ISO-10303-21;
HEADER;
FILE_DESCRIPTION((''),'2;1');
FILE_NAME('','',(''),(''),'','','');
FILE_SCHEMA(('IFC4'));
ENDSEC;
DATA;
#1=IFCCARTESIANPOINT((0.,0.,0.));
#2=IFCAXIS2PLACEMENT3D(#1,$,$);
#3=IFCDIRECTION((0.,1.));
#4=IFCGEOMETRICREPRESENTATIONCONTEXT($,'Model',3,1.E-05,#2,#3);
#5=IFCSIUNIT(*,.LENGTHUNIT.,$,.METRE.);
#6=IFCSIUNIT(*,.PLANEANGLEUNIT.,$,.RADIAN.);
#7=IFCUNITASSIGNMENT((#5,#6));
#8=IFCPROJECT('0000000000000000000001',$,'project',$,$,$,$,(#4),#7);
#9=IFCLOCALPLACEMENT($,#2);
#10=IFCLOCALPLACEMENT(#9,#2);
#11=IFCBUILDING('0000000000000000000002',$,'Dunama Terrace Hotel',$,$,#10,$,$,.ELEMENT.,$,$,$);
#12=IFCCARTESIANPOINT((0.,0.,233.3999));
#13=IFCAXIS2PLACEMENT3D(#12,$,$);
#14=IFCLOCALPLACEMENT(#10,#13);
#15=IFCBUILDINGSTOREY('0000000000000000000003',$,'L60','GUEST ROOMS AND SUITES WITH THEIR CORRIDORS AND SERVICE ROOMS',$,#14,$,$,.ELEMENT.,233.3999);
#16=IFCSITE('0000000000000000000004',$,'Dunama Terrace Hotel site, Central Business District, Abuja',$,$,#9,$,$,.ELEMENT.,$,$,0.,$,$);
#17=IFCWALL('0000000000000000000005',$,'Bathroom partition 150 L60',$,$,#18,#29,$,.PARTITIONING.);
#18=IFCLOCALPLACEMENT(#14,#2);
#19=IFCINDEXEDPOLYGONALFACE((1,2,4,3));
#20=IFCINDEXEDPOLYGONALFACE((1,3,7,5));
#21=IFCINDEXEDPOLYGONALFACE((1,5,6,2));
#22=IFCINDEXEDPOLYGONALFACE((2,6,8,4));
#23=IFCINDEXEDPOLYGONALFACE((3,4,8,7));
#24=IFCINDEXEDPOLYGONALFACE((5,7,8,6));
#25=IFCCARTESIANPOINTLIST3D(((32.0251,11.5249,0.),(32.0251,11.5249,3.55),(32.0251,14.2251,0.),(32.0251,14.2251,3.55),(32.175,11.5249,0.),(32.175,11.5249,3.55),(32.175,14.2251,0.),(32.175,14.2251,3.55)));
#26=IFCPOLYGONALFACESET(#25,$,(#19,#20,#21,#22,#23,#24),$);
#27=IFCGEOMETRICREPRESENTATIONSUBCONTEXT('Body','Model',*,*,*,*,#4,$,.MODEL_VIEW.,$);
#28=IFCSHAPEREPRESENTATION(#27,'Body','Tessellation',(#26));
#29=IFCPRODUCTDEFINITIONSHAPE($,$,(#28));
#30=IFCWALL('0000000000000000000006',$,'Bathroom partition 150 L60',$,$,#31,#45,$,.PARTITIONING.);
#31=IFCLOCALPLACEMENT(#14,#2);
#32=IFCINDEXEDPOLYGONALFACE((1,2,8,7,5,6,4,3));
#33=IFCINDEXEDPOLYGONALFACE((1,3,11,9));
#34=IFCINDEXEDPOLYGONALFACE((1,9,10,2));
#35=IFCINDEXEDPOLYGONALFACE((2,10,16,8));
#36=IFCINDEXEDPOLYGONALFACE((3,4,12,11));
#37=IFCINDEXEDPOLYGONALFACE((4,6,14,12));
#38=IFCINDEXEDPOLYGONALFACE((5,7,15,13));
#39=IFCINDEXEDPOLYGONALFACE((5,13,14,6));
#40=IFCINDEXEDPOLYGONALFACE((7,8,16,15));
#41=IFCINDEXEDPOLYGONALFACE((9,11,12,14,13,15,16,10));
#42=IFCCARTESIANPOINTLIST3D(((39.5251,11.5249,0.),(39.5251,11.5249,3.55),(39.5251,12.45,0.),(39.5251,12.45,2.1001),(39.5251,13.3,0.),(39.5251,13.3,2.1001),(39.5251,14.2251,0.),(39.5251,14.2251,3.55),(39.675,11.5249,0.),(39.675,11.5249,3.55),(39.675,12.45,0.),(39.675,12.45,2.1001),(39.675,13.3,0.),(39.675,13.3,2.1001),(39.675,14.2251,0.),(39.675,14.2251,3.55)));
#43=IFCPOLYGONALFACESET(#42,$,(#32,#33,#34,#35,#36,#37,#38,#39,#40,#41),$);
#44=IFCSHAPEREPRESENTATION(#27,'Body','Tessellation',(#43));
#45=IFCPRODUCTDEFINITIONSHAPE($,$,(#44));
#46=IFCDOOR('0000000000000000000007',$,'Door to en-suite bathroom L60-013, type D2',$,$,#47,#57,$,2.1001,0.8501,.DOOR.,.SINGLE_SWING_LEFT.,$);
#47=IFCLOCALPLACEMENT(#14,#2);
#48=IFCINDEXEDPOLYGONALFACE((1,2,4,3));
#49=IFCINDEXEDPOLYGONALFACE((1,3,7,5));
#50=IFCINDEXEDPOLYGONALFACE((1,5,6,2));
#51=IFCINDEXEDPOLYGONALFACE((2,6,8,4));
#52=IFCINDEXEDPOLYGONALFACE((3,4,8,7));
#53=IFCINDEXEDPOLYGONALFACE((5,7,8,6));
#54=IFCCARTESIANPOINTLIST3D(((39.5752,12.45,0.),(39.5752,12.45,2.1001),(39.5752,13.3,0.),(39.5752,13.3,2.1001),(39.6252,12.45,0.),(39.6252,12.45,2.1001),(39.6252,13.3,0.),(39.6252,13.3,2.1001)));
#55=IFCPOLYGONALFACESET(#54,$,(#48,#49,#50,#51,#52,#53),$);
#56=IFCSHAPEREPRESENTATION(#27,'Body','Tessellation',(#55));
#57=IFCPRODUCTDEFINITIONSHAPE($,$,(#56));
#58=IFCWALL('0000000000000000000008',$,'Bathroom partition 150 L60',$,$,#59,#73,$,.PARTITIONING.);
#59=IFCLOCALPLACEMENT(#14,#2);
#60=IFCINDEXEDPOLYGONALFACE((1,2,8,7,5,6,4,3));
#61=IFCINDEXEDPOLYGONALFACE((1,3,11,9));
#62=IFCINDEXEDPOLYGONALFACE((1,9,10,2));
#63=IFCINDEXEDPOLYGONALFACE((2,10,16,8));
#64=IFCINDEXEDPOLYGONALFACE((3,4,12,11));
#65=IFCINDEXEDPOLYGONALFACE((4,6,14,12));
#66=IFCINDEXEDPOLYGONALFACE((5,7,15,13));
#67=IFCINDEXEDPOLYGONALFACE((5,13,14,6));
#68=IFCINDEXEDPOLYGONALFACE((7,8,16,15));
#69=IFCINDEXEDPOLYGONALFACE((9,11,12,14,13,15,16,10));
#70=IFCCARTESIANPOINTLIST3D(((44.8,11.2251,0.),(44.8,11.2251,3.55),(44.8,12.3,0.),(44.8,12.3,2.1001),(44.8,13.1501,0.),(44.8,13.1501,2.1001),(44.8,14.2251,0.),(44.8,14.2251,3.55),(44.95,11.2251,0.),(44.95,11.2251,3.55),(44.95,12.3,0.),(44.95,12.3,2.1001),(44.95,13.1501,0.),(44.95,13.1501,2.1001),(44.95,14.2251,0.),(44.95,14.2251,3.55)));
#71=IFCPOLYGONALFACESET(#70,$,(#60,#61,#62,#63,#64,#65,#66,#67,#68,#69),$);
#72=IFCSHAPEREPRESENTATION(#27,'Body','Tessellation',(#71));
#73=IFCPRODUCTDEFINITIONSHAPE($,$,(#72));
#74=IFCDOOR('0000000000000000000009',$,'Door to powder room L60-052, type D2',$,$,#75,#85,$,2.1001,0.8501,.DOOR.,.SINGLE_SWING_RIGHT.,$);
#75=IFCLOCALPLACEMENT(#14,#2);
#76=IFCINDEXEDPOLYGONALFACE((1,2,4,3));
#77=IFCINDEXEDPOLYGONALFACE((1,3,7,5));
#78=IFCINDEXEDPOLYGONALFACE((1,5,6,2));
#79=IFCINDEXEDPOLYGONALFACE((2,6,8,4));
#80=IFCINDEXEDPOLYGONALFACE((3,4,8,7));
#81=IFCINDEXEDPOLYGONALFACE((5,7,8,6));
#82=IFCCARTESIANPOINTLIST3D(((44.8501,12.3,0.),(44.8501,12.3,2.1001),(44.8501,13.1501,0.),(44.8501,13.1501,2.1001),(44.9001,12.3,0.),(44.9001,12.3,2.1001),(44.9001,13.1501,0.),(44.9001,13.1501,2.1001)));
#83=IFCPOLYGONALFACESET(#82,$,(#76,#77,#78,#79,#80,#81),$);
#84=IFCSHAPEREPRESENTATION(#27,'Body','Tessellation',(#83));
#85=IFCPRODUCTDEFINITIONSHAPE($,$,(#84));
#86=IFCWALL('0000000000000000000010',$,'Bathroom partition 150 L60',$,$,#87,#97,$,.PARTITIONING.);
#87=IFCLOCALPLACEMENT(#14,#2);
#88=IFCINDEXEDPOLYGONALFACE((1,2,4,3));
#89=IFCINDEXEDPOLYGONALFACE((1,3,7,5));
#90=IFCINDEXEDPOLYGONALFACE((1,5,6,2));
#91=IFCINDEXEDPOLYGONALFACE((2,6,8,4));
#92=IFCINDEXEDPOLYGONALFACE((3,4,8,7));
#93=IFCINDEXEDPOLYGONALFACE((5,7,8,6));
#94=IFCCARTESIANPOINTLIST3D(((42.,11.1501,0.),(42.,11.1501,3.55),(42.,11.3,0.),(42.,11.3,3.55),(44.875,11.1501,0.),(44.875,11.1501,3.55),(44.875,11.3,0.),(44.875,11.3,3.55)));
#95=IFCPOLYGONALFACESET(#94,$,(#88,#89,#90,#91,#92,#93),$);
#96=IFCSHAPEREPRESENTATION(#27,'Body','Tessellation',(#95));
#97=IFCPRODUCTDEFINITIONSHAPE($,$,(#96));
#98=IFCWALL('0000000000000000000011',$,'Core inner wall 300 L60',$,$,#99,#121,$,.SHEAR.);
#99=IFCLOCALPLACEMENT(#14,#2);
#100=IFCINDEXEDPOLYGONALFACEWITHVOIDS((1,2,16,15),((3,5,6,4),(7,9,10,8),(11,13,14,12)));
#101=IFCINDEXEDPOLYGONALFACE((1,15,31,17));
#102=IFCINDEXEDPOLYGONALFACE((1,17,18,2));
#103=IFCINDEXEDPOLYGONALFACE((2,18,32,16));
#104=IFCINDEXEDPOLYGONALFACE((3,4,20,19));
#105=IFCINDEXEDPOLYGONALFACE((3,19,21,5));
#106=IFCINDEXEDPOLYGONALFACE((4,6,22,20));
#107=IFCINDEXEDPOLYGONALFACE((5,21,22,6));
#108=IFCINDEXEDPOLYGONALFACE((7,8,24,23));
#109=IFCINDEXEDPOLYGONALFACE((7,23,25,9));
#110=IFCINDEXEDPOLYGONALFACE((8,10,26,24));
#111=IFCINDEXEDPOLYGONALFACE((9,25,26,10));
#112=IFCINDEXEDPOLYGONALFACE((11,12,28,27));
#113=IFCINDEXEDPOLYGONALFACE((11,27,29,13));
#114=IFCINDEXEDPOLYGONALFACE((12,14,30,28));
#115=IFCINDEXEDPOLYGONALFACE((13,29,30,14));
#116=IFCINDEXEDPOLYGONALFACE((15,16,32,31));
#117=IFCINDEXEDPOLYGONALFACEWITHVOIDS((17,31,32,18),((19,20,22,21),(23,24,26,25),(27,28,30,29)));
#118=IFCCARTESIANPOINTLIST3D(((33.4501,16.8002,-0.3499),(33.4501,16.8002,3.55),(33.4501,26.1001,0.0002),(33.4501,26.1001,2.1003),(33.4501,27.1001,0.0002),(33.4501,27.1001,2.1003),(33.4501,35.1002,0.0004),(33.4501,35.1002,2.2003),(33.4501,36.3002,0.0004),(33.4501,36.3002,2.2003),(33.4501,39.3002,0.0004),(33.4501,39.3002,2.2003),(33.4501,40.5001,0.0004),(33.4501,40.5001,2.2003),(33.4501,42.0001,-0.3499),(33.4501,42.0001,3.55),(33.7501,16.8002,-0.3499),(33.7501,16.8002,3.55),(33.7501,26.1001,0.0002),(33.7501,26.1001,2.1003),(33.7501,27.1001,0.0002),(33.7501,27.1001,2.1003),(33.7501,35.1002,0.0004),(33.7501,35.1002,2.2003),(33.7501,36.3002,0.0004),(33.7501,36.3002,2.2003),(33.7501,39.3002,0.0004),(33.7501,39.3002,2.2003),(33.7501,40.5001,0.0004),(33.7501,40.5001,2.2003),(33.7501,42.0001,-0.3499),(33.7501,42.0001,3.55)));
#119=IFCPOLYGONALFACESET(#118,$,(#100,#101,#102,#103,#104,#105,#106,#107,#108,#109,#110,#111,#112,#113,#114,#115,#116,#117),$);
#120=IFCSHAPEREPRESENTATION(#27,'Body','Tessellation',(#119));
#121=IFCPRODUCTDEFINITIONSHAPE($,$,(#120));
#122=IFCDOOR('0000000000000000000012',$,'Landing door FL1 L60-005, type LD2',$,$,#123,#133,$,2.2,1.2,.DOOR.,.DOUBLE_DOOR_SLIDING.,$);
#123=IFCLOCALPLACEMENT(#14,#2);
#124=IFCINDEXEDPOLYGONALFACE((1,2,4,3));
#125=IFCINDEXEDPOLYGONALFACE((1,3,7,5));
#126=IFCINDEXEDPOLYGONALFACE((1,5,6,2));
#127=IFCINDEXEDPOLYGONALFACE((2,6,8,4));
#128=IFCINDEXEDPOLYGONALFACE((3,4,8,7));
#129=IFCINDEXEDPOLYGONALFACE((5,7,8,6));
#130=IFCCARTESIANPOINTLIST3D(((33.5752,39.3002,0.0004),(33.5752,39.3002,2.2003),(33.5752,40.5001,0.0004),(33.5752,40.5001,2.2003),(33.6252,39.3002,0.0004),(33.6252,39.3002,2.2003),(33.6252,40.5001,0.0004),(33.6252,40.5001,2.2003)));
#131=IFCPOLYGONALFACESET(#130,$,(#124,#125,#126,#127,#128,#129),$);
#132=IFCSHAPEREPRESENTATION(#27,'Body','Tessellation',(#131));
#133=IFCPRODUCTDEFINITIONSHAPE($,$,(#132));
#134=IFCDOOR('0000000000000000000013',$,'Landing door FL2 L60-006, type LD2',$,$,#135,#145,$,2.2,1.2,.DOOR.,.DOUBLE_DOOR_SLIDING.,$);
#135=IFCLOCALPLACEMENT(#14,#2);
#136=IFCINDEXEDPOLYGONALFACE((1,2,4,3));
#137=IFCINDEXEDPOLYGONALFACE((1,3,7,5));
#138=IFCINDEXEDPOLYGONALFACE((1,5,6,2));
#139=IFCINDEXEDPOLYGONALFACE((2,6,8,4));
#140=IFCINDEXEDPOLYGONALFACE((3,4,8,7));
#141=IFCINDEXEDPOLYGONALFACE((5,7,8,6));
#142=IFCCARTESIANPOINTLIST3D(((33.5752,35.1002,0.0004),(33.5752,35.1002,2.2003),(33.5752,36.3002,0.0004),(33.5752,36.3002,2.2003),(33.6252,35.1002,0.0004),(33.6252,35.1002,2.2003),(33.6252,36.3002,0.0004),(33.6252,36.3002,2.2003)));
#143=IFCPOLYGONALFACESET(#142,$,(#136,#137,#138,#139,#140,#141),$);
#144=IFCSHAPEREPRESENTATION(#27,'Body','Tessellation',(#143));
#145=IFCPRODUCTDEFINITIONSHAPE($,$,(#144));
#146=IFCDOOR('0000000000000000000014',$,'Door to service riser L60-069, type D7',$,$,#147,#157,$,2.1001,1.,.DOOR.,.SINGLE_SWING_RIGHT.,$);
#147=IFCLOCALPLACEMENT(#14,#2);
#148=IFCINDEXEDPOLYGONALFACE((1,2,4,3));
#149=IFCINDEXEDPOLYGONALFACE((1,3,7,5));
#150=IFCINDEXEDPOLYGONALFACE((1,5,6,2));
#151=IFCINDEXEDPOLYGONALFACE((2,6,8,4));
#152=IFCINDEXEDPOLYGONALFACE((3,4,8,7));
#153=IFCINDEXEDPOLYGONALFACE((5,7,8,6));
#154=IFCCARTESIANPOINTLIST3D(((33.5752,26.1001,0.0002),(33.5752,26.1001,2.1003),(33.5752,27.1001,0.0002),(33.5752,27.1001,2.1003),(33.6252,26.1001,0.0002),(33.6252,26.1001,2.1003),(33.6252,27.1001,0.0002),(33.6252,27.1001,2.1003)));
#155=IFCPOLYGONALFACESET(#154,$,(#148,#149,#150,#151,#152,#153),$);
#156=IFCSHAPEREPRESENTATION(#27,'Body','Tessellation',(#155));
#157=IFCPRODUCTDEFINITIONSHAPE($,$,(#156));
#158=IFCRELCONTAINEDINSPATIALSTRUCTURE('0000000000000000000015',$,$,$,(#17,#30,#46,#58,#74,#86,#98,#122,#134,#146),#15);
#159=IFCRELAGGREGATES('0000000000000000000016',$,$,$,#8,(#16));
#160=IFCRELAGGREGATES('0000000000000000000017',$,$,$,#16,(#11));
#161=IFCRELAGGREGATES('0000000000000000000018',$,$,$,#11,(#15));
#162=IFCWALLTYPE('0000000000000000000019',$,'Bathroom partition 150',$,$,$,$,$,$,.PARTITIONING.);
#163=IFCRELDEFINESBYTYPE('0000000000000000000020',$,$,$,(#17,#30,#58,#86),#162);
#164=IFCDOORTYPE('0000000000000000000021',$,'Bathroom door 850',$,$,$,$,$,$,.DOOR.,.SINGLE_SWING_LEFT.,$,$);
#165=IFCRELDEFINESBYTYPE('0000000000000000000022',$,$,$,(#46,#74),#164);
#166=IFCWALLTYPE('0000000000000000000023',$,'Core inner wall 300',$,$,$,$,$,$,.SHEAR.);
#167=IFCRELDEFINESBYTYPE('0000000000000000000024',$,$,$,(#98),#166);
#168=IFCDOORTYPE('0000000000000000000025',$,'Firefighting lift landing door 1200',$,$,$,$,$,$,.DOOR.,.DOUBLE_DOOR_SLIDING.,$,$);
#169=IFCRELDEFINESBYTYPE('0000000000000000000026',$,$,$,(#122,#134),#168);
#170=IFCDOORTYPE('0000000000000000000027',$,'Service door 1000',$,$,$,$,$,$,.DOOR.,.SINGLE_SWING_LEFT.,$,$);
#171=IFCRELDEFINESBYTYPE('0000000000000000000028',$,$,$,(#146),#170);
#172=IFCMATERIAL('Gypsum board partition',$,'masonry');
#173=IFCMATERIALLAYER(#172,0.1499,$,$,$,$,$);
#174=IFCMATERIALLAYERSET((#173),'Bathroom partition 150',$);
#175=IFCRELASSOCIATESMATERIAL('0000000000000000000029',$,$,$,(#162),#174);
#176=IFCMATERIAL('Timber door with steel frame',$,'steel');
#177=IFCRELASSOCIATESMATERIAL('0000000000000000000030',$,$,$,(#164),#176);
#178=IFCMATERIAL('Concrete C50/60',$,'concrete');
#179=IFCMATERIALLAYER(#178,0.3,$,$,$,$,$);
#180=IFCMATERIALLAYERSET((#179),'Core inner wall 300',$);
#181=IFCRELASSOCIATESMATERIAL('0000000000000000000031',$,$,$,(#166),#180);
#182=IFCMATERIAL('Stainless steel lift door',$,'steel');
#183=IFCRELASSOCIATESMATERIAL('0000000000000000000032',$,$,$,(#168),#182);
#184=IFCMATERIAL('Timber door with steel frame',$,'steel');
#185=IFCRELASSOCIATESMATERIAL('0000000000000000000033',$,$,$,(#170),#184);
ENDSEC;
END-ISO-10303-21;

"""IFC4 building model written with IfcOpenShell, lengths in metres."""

from ifc_helpers import new_model, si_unit, direction, frame, frame_2d, origin, place, context, subcontext, project, spatial, rectangle, extrude, material, layer, layer_set, type_object, element, fill, save


model = new_model("IFC4")

# Units and contexts
model_context = context("Model", 3, precision=1e-05, world=origin(), true_north=direction((0.0, 1.0)))
body_context = subcontext(model_context, "Body", "Model", "MODEL_VIEW")
ifc_project = project(units=[si_unit("LENGTHUNIT", "METRE"), si_unit("PLANEANGLEUNIT", "RADIAN")], contexts=[model_context])

# Site, building, storey
site_placement = place(None, origin())
site = spatial("IfcSite", under=ifc_project, at=site_placement, Name="Dunama Terrace Hotel site, Central Business District, Abuja", CompositionType="ELEMENT", RefElevation=0.0)
building_placement = place(site_placement, origin())
building = spatial("IfcBuilding", under=site, at=building_placement, Name="Dunama Terrace Hotel", CompositionType="ELEMENT")
storey_placement = place(building_placement, frame((0.0, 0.0, 233.3999)))
storey = spatial("IfcBuildingStorey", under=building, at=storey_placement, Name="L60", Description="GUEST ROOMS AND SUITES WITH THEIR CORRIDORS AND SERVICE ROOMS", CompositionType="ELEMENT", Elevation=233.3999)

# Wall
ifc_material_1 = material(Name="Gypsum board partition", Category="masonry")
ifc_layer_1 = layer(ifc_material_1, 0.1499)
ifc_layer_set_1 = layer_set([ifc_layer_1], Name="Bathroom partition 150")
wall_type_1 = type_object("IfcWallType", Name="Bathroom partition 150", PredefinedType="PARTITIONING", material=ifc_layer_set_1)
wall_1_placement = place(storey_placement, frame((32.1001, 11.5249, 0.0), z_axis=(0.0, 0.0, 1.0), x_axis=(0.0, 1.0, 0.0)))
element("IfcWall", 1, at=wall_1_placement, inside=storey, type_object=wall_type_1, Name="Bathroom partition 150 L60", PredefinedType="PARTITIONING", context=body_context, shape_type="SweptSolid", body=[
    extrude(rectangle(XDim=2.7002, YDim=0.1499, at=frame_2d((1.3501, 0.0))), origin(), (0.0, 0.0, 1.0), 3.55),
])

# Walls, openings, doors
wall_2_placement = place(storey_placement, frame((39.6001, 11.5249, 0.0), z_axis=(0.0, 0.0, 1.0), x_axis=(0.0, 1.0, 0.0)))
wall_2 = element("IfcWall", 2, at=wall_2_placement, inside=storey, type_object=wall_type_1, Name="Bathroom partition 150 L60", PredefinedType="PARTITIONING", context=body_context, shape_type="SweptSolid", body=[
    extrude(rectangle(XDim=2.7002, YDim=0.1499, at=frame_2d((1.3501, 0.0))), origin(), (0.0, 0.0, 1.0), 3.55),
])
opening_1_placement = place(wall_2_placement, frame((0.925, 0.0, 0.0)))
opening_1 = element("IfcOpeningElement", 3, at=opening_1_placement, cuts=wall_2, PredefinedType="OPENING", context=body_context, shape_type="SweptSolid", body=[
    extrude(rectangle(XDim=0.8501, YDim=2.1001, at=frame_2d((0.425, 1.05))), frame((0.0, 0.085, 0.0), z_axis=(0.0, -1.0, 0.0), x_axis=(1.0, 0.0, 0.0)), (0.0, 0.0, 1.0), 0.1699),
])
ifc_material_2 = material(Name="Timber door with steel frame", Category="steel")
door_type_1 = type_object("IfcDoorType", Name="Bathroom door 850", OperationType="SINGLE_SWING_LEFT", PredefinedType="DOOR", material=ifc_material_2)
door_1_placement = place(opening_1_placement, frame((0.8501, 0.0, 0.0), z_axis=(0.0, 0.0, 1.0), x_axis=(-1.0, 0.0, 0.0)))
door_1 = element("IfcDoor", 4, at=door_1_placement, inside=storey, type_object=door_type_1, Name="Door to en-suite bathroom L60-013, type D2", OperationType="SINGLE_SWING_LEFT", OverallHeight=2.1001, OverallWidth=0.8501, PredefinedType="DOOR", context=body_context, shape_type="SweptSolid", body=[
    extrude(rectangle(XDim=0.8501, YDim=2.1001, at=frame_2d((0.425, 1.05))), frame((0.0, 0.0251, 0.0), z_axis=(0.0, -1.0, 0.0), x_axis=(1.0, 0.0, 0.0)), (0.0, 0.0, 1.0), 0.05),
])
fill(opening_1, door_1)
wall_3_placement = place(storey_placement, frame((44.875, 11.2251, 0.0), z_axis=(0.0, 0.0, 1.0), x_axis=(0.0, 1.0, 0.0)))
wall_3 = element("IfcWall", 5, at=wall_3_placement, inside=storey, type_object=wall_type_1, Name="Bathroom partition 150 L60", PredefinedType="PARTITIONING", context=body_context, shape_type="SweptSolid", body=[
    extrude(rectangle(XDim=3.0, YDim=0.1499, at=frame_2d((1.5, 0.0))), origin(), (0.0, 0.0, 1.0), 3.55),
])
opening_2_placement = place(wall_3_placement, frame((1.075, 0.0, 0.0)))
opening_2 = element("IfcOpeningElement", 6, at=opening_2_placement, cuts=wall_3, PredefinedType="OPENING", context=body_context, shape_type="SweptSolid", body=[
    extrude(rectangle(XDim=0.8501, YDim=2.1001, at=frame_2d((0.425, 1.05))), frame((0.0, 0.085, 0.0), z_axis=(0.0, -1.0, 0.0), x_axis=(1.0, 0.0, 0.0)), (0.0, 0.0, 1.0), 0.1699),
])
door_2_placement = place(opening_2_placement, origin())
door_2 = element("IfcDoor", 7, at=door_2_placement, inside=storey, type_object=door_type_1, Name="Door to powder room L60-052, type D2", OperationType="SINGLE_SWING_RIGHT", OverallHeight=2.1001, OverallWidth=0.8501, PredefinedType="DOOR", context=body_context, shape_type="SweptSolid", body=[
    extrude(rectangle(XDim=0.8501, YDim=2.1001, at=frame_2d((0.425, 1.05))), frame((0.0, 0.0249, 0.0), z_axis=(0.0, -1.0, 0.0), x_axis=(1.0, 0.0, 0.0)), (0.0, 0.0, 1.0), 0.05),
])
fill(opening_2, door_2)

# Wall
wall_4_placement = place(storey_placement, frame((42.0, 11.2251, 0.0), z_axis=(0.0, 0.0, 1.0), x_axis=(1.0, 0.0, 0.0)))
element("IfcWall", 8, at=wall_4_placement, inside=storey, type_object=wall_type_1, Name="Bathroom partition 150 L60", PredefinedType="PARTITIONING", context=body_context, shape_type="SweptSolid", body=[
    extrude(rectangle(XDim=2.875, YDim=0.1499, at=frame_2d((1.4375, 0.0))), origin(), (0.0, 0.0, 1.0), 3.55),
])

# Wall, openings, doors
ifc_material_3 = material(Name="Concrete C50/60", Category="concrete")
ifc_layer_2 = layer(ifc_material_3, 0.3)
ifc_layer_set_2 = layer_set([ifc_layer_2], Name="Core inner wall 300")
wall_type_2 = type_object("IfcWallType", Name="Core inner wall 300", PredefinedType="SHEAR", material=ifc_layer_set_2)
wall_5_placement = place(storey_placement, frame((33.6001, 16.8, -0.3499), z_axis=(0.0, 0.0, 1.0), x_axis=(0.0, 1.0, 0.0)))
wall_5 = element("IfcWall", 9, at=wall_5_placement, inside=storey, type_object=wall_type_2, Name="Core inner wall 300 L60", PredefinedType="SHEAR", context=body_context, shape_type="SweptSolid", body=[
    extrude(rectangle(XDim=25.2, YDim=0.3, at=frame_2d((12.6001, 0.0))), origin(), (0.0, 0.0, 1.0), 3.8999),
])
opening_3_placement = place(wall_5_placement, frame((22.5, 0.0, 0.3501)))
opening_3 = element("IfcOpeningElement", 10, at=opening_3_placement, cuts=wall_5, PredefinedType="OPENING", context=body_context, shape_type="SweptSolid", body=[
    extrude(rectangle(XDim=1.2, YDim=2.2, at=frame_2d((0.6001, 1.1001))), frame((0.0, 0.1599, 0.0), z_axis=(0.0, -1.0, 0.0), x_axis=(1.0, 0.0, 0.0)), (0.0, 0.0, 1.0), 0.3201),
])
opening_4_placement = place(wall_5_placement, frame((18.3, 0.0, 0.3501)))
opening_4 = element("IfcOpeningElement", 11, at=opening_4_placement, cuts=wall_5, PredefinedType="OPENING", context=body_context, shape_type="SweptSolid", body=[
    extrude(rectangle(XDim=1.2, YDim=2.2, at=frame_2d((0.6001, 1.1001))), frame((0.0, 0.1599, 0.0), z_axis=(0.0, -1.0, 0.0), x_axis=(1.0, 0.0, 0.0)), (0.0, 0.0, 1.0), 0.3201),
])
opening_5_placement = place(wall_5_placement, frame((9.3, 0.0, 0.3501)))
opening_5 = element("IfcOpeningElement", 12, at=opening_5_placement, cuts=wall_5, PredefinedType="OPENING", context=body_context, shape_type="SweptSolid", body=[
    extrude(rectangle(XDim=1.0, YDim=2.1001, at=frame_2d((0.5, 1.05))), frame((0.0, 0.1599, 0.0), z_axis=(0.0, -1.0, 0.0), x_axis=(1.0, 0.0, 0.0)), (0.0, 0.0, 1.0), 0.3201),
])
ifc_material_4 = material(Name="Stainless steel lift door", Category="steel")
door_type_2 = type_object("IfcDoorType", Name="Firefighting lift landing door 1200", OperationType="DOUBLE_DOOR_SLIDING", PredefinedType="DOOR", material=ifc_material_4)
door_3_placement = place(opening_3_placement, origin())
door_3 = element("IfcDoor", 13, at=door_3_placement, inside=storey, type_object=door_type_2, Name="Landing door FL1 L60-005, type LD2", OperationType="DOUBLE_DOOR_SLIDING", OverallHeight=2.2, OverallWidth=1.2, PredefinedType="DOOR", context=body_context, shape_type="SweptSolid", body=[
    extrude(rectangle(XDim=1.2, YDim=2.2, at=frame_2d((0.6001, 1.1001))), frame((0.0, 0.0249, 0.0), z_axis=(0.0, -1.0, 0.0), x_axis=(1.0, 0.0, 0.0)), (0.0, 0.0, 1.0), 0.05),
])
fill(opening_3, door_3)
door_4_placement = place(opening_4_placement, origin())
door_4 = element("IfcDoor", 14, at=door_4_placement, inside=storey, type_object=door_type_2, Name="Landing door FL2 L60-006, type LD2", OperationType="DOUBLE_DOOR_SLIDING", OverallHeight=2.2, OverallWidth=1.2, PredefinedType="DOOR", context=body_context, shape_type="SweptSolid", body=[
    extrude(rectangle(XDim=1.2, YDim=2.2, at=frame_2d((0.6001, 1.1001))), frame((0.0, 0.0249, 0.0), z_axis=(0.0, -1.0, 0.0), x_axis=(1.0, 0.0, 0.0)), (0.0, 0.0, 1.0), 0.05),
])
fill(opening_4, door_4)
ifc_material_5 = material(Name="Timber door with steel frame", Category="steel")
door_type_3 = type_object("IfcDoorType", Name="Service door 1000", OperationType="SINGLE_SWING_LEFT", PredefinedType="DOOR", material=ifc_material_5)
door_5_placement = place(opening_5_placement, frame((1.0, 0.0, 0.0), z_axis=(0.0, 0.0, 1.0), x_axis=(-1.0, 0.0, 0.0)))
door_5 = element("IfcDoor", 15, at=door_5_placement, inside=storey, type_object=door_type_3, Name="Door to service riser L60-069, type D7", OperationType="SINGLE_SWING_RIGHT", OverallHeight=2.1001, OverallWidth=1.0, PredefinedType="DOOR", context=body_context, shape_type="SweptSolid", body=[
    extrude(rectangle(XDim=1.0, YDim=2.1001, at=frame_2d((0.5, 1.05))), frame((0.0, 0.0251, 0.0), z_axis=(0.0, -1.0, 0.0), x_axis=(1.0, 0.0, 0.0)), (0.0, 0.0, 1.0), 0.05),
])
fill(opening_5, door_5)

save(model, "model.ifc")
